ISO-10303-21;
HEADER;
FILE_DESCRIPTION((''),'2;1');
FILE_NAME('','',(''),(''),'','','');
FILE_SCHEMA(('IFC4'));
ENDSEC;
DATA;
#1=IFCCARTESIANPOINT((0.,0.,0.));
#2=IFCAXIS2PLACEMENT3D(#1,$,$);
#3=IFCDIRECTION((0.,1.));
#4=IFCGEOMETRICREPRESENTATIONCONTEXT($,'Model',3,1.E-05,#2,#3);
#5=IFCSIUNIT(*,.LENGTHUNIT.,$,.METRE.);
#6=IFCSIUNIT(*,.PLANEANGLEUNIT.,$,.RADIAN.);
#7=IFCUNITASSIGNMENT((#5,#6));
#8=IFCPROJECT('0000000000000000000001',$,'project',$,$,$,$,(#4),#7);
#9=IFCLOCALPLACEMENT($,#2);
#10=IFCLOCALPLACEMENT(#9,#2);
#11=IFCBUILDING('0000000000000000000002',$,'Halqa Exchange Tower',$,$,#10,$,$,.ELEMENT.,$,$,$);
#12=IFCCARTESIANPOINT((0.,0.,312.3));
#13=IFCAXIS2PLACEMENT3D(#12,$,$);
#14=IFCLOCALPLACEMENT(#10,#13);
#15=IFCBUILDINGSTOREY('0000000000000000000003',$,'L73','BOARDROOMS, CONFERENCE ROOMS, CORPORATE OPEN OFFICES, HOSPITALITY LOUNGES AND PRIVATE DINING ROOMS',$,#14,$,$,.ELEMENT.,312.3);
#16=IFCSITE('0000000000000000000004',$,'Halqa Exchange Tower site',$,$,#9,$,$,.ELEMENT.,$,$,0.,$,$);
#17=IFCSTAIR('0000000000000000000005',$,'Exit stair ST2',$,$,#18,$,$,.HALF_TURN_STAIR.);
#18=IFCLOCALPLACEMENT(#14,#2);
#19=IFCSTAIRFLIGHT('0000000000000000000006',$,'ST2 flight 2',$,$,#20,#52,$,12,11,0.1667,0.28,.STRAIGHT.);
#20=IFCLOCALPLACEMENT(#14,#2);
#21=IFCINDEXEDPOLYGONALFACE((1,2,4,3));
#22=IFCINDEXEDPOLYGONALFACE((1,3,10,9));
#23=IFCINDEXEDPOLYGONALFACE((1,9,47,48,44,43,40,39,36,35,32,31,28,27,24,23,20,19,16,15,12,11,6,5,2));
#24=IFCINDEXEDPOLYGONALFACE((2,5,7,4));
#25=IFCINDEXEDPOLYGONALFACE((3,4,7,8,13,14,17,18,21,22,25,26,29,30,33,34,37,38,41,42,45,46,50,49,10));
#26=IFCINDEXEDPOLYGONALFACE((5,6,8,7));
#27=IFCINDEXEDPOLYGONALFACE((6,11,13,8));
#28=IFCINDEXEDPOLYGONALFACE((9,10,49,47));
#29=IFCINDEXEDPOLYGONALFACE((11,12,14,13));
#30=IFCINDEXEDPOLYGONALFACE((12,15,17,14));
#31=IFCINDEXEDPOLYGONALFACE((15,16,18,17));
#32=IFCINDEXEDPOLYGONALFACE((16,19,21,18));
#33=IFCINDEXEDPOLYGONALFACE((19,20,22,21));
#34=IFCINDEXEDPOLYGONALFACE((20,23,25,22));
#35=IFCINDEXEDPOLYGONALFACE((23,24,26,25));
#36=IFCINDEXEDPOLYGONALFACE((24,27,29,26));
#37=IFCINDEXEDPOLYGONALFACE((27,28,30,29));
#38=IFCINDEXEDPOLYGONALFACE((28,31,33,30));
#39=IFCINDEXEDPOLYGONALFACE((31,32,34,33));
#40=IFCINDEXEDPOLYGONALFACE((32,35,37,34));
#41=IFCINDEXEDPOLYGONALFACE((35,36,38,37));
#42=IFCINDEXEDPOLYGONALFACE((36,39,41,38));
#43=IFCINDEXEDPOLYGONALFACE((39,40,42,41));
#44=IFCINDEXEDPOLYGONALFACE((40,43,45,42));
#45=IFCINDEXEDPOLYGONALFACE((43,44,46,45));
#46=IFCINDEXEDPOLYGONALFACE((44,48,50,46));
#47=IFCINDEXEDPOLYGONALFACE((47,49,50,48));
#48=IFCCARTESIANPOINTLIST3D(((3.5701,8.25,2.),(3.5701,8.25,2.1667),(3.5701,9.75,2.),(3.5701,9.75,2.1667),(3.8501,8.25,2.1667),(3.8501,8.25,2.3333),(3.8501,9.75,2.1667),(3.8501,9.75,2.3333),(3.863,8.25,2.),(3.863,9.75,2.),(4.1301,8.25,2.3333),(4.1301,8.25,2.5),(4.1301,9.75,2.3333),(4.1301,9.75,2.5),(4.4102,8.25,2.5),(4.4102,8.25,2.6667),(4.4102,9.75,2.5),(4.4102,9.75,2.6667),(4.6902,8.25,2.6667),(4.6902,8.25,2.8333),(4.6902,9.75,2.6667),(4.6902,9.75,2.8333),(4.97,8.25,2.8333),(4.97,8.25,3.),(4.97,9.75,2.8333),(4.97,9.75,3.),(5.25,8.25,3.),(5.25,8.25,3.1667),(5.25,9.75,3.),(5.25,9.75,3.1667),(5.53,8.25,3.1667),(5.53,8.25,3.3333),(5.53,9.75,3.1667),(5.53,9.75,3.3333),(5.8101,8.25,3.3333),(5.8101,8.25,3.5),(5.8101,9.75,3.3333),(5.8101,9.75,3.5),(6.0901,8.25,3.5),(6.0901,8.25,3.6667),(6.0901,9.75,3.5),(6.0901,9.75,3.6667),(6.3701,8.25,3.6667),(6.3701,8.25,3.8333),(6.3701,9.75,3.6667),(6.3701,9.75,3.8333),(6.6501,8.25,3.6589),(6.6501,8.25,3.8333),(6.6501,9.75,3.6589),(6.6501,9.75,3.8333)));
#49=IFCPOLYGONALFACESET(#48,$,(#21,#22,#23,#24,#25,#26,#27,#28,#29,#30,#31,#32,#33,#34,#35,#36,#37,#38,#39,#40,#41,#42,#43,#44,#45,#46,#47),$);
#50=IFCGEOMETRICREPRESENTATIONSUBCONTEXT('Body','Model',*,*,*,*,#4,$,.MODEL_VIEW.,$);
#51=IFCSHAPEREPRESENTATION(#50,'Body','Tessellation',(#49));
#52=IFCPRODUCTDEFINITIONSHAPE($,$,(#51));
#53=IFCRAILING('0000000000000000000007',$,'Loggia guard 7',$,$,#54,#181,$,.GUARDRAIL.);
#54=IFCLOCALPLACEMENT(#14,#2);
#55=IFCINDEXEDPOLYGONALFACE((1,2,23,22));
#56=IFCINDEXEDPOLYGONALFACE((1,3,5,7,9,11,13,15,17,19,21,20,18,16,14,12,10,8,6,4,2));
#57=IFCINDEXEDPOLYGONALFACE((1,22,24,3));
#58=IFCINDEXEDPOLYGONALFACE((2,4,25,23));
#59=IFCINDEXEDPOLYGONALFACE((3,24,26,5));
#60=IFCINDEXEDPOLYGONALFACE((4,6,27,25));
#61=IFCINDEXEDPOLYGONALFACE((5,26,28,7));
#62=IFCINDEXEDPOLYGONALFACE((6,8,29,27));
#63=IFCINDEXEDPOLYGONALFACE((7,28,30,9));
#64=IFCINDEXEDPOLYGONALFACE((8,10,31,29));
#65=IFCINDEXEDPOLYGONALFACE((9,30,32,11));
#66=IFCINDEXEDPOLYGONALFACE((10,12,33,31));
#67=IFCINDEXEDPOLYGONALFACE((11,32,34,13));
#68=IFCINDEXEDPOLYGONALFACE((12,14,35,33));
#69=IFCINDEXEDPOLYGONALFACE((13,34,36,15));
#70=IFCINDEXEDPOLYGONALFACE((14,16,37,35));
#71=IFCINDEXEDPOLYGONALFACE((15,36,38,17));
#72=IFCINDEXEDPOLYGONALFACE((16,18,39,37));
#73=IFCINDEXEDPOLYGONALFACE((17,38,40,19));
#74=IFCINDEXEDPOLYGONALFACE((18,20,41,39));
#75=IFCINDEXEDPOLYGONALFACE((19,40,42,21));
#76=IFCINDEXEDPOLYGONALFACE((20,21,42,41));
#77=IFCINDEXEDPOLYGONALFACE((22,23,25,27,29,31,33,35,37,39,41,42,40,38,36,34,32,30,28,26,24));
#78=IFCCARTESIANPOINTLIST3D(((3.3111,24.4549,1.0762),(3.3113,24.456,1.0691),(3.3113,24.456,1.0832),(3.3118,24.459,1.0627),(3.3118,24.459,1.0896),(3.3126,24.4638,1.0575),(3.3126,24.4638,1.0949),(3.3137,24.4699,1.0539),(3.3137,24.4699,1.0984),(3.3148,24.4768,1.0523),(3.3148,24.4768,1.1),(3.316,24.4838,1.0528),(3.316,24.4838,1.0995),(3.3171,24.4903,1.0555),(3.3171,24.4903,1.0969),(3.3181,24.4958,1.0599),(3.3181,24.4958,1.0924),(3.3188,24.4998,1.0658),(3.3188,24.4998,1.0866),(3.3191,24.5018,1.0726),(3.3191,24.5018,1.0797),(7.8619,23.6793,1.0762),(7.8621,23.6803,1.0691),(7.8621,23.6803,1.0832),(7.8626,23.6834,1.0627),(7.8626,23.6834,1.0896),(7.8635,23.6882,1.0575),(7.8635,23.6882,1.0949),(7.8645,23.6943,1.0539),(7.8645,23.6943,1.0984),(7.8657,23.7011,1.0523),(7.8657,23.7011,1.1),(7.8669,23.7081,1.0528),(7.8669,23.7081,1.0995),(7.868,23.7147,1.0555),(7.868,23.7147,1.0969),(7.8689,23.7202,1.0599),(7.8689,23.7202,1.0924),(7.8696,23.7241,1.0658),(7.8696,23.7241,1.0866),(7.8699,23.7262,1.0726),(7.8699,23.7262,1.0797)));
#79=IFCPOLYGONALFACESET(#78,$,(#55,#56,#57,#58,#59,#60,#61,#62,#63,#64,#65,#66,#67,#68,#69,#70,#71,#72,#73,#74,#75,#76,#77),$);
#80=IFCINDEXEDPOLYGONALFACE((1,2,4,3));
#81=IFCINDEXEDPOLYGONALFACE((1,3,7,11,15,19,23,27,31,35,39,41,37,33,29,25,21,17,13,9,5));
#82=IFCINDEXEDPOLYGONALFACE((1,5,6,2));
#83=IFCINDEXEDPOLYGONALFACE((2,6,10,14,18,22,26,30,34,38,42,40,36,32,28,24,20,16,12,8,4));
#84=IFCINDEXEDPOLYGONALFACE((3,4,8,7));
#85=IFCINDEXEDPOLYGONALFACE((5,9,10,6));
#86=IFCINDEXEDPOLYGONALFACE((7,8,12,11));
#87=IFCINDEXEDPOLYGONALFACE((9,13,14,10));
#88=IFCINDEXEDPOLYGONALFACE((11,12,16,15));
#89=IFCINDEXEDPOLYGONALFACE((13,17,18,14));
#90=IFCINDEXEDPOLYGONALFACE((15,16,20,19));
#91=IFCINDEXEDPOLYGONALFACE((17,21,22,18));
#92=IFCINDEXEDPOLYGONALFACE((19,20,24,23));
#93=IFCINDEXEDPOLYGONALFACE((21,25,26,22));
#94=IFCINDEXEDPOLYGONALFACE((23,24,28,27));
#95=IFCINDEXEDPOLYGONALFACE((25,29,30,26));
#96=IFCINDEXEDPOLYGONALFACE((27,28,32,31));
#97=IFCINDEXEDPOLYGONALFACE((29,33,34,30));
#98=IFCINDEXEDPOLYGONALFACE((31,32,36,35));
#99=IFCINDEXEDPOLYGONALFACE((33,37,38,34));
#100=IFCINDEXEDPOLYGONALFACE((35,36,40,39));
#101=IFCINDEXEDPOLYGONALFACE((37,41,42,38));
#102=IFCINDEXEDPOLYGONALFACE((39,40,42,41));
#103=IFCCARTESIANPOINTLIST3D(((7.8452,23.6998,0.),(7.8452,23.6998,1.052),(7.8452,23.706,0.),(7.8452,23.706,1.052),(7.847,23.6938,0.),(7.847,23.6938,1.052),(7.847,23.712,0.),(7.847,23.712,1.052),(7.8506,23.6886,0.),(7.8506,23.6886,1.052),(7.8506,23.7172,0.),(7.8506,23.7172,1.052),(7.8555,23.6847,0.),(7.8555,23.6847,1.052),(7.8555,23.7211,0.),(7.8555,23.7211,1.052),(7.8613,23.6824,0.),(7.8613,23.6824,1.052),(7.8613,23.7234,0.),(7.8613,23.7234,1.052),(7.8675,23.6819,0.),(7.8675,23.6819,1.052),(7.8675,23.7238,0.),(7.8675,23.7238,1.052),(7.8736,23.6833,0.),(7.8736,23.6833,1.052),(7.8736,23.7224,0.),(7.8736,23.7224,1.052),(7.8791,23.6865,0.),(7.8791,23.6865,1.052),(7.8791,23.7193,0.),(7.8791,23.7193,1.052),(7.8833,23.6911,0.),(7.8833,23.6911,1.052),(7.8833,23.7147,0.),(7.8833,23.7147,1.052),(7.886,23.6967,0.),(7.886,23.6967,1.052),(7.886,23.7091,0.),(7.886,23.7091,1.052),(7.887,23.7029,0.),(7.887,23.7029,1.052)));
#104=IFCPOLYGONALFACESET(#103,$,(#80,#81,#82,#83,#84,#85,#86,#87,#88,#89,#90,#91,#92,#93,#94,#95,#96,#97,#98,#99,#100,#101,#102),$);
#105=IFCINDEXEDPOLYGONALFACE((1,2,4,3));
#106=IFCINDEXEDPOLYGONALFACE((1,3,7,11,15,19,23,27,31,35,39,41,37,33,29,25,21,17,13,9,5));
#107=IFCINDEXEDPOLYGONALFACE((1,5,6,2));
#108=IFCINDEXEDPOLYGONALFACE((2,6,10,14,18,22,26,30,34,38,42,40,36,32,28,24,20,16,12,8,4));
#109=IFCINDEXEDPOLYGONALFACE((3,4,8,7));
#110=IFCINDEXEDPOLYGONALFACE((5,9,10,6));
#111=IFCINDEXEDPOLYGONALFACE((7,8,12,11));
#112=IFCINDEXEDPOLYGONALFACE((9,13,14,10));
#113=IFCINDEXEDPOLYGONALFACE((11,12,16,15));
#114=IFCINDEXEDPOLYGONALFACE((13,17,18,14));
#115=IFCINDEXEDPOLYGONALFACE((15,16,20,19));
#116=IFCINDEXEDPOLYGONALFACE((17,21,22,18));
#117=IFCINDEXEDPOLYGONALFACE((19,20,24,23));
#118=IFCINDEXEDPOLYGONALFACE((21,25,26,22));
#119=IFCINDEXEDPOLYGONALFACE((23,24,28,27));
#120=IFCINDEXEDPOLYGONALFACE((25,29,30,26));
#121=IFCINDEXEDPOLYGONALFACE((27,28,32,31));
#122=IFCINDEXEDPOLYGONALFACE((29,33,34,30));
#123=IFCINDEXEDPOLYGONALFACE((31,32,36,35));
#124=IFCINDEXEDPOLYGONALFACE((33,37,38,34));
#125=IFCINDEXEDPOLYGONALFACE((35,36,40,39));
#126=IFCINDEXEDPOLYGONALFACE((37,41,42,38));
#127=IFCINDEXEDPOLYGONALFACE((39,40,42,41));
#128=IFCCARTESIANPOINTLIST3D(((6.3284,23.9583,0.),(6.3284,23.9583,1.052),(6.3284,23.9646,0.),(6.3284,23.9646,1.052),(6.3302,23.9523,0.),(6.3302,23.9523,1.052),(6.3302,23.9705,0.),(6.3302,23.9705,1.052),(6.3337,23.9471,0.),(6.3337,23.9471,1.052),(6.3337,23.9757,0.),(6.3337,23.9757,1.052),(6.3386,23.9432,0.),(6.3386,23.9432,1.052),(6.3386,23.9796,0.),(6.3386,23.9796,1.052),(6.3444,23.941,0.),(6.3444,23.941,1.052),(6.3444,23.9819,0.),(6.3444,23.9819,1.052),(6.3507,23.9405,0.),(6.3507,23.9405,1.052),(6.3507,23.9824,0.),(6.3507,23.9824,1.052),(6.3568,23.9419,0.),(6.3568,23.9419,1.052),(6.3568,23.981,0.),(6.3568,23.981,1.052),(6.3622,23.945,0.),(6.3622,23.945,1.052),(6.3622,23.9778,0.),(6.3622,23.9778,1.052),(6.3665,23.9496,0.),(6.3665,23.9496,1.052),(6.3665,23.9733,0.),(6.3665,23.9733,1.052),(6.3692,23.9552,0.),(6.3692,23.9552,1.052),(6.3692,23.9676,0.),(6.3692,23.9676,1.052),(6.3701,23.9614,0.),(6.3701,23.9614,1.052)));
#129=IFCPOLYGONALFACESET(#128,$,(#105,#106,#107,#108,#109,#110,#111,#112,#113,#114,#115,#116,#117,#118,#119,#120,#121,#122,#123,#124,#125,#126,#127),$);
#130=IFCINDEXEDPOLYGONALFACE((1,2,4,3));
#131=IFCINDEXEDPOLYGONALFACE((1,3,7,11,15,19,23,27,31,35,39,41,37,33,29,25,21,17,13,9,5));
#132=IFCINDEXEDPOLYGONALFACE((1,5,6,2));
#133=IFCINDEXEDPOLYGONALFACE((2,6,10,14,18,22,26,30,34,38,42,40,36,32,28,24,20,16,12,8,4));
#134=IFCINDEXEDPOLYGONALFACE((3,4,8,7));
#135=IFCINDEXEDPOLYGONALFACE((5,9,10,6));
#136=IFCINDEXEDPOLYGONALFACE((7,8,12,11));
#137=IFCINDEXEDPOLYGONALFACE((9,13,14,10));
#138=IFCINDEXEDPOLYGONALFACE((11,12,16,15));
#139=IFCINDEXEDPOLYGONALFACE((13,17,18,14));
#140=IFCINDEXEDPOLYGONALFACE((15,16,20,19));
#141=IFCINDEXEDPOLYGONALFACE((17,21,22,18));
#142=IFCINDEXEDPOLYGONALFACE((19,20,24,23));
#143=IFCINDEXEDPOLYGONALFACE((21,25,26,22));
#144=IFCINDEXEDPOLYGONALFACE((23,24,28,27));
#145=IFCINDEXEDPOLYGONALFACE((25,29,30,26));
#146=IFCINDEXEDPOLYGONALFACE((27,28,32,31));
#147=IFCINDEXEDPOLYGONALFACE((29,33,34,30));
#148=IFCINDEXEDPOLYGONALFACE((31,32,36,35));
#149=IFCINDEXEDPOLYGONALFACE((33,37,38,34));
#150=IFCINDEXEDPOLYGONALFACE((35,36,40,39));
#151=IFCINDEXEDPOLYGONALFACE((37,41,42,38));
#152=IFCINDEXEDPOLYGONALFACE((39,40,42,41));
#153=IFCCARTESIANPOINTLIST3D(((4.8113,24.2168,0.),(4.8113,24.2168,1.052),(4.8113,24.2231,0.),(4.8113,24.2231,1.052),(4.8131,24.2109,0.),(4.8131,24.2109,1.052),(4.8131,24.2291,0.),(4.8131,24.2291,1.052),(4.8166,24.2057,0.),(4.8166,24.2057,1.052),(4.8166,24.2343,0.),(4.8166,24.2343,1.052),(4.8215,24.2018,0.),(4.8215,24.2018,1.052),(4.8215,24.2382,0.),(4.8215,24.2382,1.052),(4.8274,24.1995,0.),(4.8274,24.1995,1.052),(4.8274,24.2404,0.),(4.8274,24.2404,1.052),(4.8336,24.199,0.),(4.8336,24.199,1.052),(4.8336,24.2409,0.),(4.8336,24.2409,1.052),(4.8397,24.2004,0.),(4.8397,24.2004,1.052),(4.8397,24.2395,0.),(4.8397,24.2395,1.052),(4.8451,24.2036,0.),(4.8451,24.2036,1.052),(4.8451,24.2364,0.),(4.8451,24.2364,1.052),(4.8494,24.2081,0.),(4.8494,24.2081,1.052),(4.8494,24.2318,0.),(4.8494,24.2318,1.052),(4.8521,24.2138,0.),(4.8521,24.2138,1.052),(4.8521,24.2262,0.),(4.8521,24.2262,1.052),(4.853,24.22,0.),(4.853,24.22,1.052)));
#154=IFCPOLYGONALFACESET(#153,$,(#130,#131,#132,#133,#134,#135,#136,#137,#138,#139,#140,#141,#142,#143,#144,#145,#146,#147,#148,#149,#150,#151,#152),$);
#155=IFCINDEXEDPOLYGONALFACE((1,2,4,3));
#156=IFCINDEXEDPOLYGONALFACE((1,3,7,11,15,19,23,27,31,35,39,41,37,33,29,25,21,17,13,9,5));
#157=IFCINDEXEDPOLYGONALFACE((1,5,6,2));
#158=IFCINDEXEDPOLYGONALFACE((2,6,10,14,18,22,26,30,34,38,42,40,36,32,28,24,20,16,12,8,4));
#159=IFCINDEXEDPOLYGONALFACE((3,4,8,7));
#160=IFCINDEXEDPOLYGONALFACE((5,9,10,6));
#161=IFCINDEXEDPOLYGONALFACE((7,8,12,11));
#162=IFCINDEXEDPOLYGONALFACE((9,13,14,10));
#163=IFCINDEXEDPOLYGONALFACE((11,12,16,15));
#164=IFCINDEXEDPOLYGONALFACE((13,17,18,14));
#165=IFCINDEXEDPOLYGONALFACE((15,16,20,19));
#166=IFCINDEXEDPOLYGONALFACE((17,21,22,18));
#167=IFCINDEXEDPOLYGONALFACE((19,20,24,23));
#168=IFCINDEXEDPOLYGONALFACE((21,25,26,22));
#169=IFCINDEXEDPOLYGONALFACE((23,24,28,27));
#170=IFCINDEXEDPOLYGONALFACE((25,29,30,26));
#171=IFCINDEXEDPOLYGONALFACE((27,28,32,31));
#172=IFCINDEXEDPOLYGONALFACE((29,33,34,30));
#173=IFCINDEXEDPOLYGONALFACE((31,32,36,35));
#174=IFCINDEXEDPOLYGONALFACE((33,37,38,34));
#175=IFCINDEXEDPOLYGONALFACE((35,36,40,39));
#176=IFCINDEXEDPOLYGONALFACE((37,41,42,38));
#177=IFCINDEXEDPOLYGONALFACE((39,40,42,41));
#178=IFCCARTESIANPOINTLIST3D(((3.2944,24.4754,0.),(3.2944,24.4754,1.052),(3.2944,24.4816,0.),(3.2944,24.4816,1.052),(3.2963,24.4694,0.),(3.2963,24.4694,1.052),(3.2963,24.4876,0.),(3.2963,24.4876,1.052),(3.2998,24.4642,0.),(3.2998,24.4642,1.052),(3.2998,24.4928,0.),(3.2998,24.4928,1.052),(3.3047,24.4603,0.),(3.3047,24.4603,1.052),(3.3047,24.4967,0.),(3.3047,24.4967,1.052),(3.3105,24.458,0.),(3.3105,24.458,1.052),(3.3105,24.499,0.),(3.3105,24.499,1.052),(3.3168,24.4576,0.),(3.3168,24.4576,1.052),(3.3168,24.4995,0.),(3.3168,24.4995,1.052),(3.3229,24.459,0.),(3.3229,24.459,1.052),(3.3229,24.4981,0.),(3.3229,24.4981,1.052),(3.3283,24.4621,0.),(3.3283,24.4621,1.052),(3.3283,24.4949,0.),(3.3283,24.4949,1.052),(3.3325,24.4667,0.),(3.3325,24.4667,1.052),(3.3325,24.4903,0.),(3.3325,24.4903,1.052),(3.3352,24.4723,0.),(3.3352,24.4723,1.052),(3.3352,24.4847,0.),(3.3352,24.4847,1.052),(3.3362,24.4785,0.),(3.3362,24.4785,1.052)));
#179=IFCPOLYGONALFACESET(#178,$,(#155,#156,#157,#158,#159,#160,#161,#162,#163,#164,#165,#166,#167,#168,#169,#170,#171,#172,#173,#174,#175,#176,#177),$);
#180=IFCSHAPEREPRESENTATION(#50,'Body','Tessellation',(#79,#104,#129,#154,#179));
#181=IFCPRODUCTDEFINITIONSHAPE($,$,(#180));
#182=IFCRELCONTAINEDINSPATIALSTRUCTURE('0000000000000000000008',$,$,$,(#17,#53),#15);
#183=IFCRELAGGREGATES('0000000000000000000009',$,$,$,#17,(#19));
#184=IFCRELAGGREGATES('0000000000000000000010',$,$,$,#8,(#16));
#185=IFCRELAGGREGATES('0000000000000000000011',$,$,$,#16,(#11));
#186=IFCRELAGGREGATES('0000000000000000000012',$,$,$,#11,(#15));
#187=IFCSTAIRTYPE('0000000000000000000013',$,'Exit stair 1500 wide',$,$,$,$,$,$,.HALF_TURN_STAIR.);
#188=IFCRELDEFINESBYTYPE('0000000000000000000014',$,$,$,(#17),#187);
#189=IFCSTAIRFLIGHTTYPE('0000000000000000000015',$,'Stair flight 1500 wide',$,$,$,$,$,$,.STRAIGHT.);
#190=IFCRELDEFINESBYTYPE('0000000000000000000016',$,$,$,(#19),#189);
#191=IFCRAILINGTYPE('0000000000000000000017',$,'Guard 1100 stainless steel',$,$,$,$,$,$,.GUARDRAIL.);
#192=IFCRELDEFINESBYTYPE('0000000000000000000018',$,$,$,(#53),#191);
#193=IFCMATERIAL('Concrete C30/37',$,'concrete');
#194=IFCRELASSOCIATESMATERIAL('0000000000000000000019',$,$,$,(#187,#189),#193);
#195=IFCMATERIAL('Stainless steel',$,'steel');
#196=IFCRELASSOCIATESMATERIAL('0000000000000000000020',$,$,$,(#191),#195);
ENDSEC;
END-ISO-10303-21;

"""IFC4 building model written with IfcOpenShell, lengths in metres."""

from ifc_helpers import new_model, si_unit, direction, frame, origin, origin_2d, place, context, subcontext, project, spatial, polyline, circle, outline, extrude, material, type_object, element, aggregate, save


model = new_model("IFC4")

# Units and contexts
model_context = context("Model", 3, precision=1e-05, world=origin(), true_north=direction((0.0, 1.0)))
body_context = subcontext(model_context, "Body", "Model", "MODEL_VIEW")
ifc_project = project(units=[si_unit("LENGTHUNIT", "METRE"), si_unit("PLANEANGLEUNIT", "RADIAN")], contexts=[model_context])

# Site, building, storey
site_placement = place(None, origin())
site = spatial("IfcSite", under=ifc_project, at=site_placement, Name="Halqa Exchange Tower site", CompositionType="ELEMENT", RefElevation=0.0)
building_placement = place(site_placement, origin())
building = spatial("IfcBuilding", under=site, at=building_placement, Name="Halqa Exchange Tower", CompositionType="ELEMENT")
storey_placement = place(building_placement, frame((0.0, 0.0, 312.3)))
storey = spatial("IfcBuildingStorey", under=building, at=storey_placement, Name="L73", Description="BOARDROOMS, CONFERENCE ROOMS, CORPORATE OPEN OFFICES, HOSPITALITY LOUNGES AND PRIVATE DINING ROOMS", CompositionType="ELEMENT", Elevation=312.3)

# Stair
ifc_material_1 = material(Name="Concrete C30/37", Category="concrete")
stair_type = type_object("IfcStairType", Name="Exit stair 1500 wide", PredefinedType="HALF_TURN_STAIR", material=ifc_material_1)
stair_1_placement = place(storey_placement, origin())
stair_1 = element("IfcStair", 1, at=stair_1_placement, inside=storey, type_object=stair_type, Name="Exit stair ST2", PredefinedType="HALF_TURN_STAIR")

# Stair flight
stair_flight_type = type_object("IfcStairFlightType", Name="Stair flight 1500 wide", PredefinedType="STRAIGHT", material=ifc_material_1)
stair_flight_1_placement = place(storey_placement, frame((3.5701, 9.0, 2.0), z_axis=(0.0, 0.0, 1.0), x_axis=(1.0, 0.0, 0.0)))
stair_flight_1 = element("IfcStairFlight", 2, at=stair_flight_1_placement, type_object=stair_flight_type, Name="ST2 flight 2", NumberOfRisers=12, NumberOfTreads=11, PredefinedType="STRAIGHT", RiserHeight=0.1667, TreadLength=0.28, context=body_context, shape_type="SweptSolid", body=[
    extrude(outline(polyline([(0.0, 0.0), (0.0, 0.1667), (0.28, 0.1667), (0.28, 0.3333), (0.5601, 0.3333), (0.5601, 0.5), (0.8401, 0.5), (0.8401, 0.6667), (1.1201, 0.6667), (1.1201, 0.8333), (1.3999, 0.8333), (1.3999, 1.0), (1.6799, 1.0), (1.6799, 1.1667), (1.96, 1.1667), (1.96, 1.3333), (2.24, 1.3333), (2.24, 1.5), (2.52, 1.5), (2.52, 1.6667), (2.8, 1.6667), (2.8, 1.8333), (3.0801, 1.8333), (3.0801, 2.0), (3.0801, 1.6589), (0.293, 0.0), (0.0, 0.0)])), frame((0.0, 0.75, 0.0), z_axis=(0.0, -1.0, 0.0), x_axis=(1.0, 0.0, 0.0)), (0.0, 0.0, 1.0), 1.5),
])
aggregate(stair_1, [stair_flight_1])

# Railing
ifc_material_2 = material(Name="Stainless steel", Category="steel")
railing_type_1 = type_object("IfcRailingType", Name="Guard 1100 stainless steel", PredefinedType="GUARDRAIL", material=ifc_material_2)
railing_1_placement = place(storey_placement, frame((7.866, 23.7029, 0.0)))
element("IfcRailing", 3, at=railing_1_placement, inside=storey, type_object=railing_type_1, Name="Loggia guard 7", PredefinedType="GUARDRAIL", context=body_context, shape_type="SweptSolid", body=[
    extrude(circle(Radius=0.0239, at=origin_2d()), frame((0.0, 0.0, 1.0762), z_axis=(-0.985784, 0.168017, 0.0), x_axis=(-0.168017, -0.985784, 0.0)), (0.0, 0.0, 1.0), 4.6165),
    extrude(circle(Radius=0.021, at=origin_2d()), origin(), (0.0, 0.0, 1.0), 1.052),
    extrude(circle(Radius=0.021, at=origin_2d()), frame((-1.5168, 0.2585, 0.0)), (0.0, 0.0, 1.0), 1.052),
    extrude(circle(Radius=0.021, at=origin_2d()), frame((-3.0339, 0.5171, 0.0)), (0.0, 0.0, 1.0), 1.052),
    extrude(circle(Radius=0.021, at=origin_2d()), frame((-4.5508, 0.7756, 0.0)), (0.0, 0.0, 1.0), 1.052),
])

save(model, "model.ifc")
